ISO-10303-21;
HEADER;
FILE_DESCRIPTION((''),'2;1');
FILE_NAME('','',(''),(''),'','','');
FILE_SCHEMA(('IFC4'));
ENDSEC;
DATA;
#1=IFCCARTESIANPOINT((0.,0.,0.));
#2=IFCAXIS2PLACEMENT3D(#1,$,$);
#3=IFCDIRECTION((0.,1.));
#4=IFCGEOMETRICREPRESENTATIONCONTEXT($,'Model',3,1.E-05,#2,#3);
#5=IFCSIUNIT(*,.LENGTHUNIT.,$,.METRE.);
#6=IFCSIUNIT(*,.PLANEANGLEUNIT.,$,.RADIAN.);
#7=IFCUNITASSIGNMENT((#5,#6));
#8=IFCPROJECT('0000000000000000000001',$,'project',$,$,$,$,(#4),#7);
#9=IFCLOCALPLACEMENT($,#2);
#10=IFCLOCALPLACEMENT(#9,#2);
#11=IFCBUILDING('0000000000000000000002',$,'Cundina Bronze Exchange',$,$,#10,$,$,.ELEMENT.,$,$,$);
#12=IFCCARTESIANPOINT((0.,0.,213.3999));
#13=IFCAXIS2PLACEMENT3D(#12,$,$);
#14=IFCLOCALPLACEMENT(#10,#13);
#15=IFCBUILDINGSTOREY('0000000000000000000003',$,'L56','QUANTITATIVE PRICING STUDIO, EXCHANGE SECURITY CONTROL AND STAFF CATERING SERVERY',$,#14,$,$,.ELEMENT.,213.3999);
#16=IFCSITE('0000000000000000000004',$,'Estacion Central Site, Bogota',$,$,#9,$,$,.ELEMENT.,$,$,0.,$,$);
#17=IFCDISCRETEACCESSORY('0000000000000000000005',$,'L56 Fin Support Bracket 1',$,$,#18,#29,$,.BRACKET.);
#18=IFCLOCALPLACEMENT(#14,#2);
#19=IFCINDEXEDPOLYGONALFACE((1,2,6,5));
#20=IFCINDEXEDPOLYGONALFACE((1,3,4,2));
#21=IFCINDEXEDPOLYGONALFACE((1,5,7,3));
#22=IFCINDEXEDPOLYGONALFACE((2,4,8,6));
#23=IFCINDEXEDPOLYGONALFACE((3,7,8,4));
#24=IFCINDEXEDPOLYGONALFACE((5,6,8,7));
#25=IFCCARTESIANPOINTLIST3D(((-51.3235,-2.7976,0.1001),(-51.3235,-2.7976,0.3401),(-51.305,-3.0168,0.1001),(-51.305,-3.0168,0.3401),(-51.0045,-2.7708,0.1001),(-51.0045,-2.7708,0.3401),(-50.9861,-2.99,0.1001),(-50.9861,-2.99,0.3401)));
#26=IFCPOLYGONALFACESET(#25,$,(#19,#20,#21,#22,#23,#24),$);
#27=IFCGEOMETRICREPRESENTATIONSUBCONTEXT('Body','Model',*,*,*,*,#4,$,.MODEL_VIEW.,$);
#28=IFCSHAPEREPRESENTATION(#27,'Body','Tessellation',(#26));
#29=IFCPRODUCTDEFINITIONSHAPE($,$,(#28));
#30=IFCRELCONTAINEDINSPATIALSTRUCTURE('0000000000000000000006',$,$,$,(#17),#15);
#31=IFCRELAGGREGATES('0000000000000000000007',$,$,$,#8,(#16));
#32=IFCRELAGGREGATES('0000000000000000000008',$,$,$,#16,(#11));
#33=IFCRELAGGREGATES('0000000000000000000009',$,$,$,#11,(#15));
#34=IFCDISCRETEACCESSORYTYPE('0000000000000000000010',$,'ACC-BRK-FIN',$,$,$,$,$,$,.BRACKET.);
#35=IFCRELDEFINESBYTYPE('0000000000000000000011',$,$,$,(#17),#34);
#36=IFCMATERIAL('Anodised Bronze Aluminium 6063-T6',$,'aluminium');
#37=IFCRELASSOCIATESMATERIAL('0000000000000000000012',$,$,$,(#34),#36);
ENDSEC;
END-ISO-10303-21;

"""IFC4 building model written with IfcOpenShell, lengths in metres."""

from ifc_helpers import new_model, si_unit, direction, frame, origin, origin_2d, place, context, subcontext, project, spatial, rectangle, extrude, material, type_object, element, save


model = new_model("IFC4")

# Units and contexts
model_context = context("Model", 3, precision=1e-05, world=origin(), true_north=direction((0.0, 1.0)))
body_context = subcontext(model_context, "Body", "Model", "MODEL_VIEW")
ifc_project = project(units=[si_unit("LENGTHUNIT", "METRE"), si_unit("PLANEANGLEUNIT", "RADIAN")], contexts=[model_context])

# Site, building, storey
site_placement = place(None, origin())
site = spatial("IfcSite", under=ifc_project, at=site_placement, Name="Estacion Central Site, Bogota", CompositionType="ELEMENT", RefElevation=0.0)
building_placement = place(site_placement, origin())
building = spatial("IfcBuilding", under=site, at=building_placement, Name="Cundina Bronze Exchange", CompositionType="ELEMENT")
storey_placement = place(building_placement, frame((0.0, 0.0, 213.3999)))
storey = spatial("IfcBuildingStorey", under=building, at=storey_placement, Name="L56", Description="QUANTITATIVE PRICING STUDIO, EXCHANGE SECURITY CONTROL AND STAFF CATERING SERVERY", CompositionType="ELEMENT", Elevation=213.3999)

# Shared definitions
ifc_material_1 = material(Name="Anodised Bronze Aluminium 6063-T6", Category="aluminium")

# Discrete accessory
discrete_accessory_type = type_object("IfcDiscreteAccessoryType", Name="ACC-BRK-FIN", PredefinedType="BRACKET", material=ifc_material_1)
discrete_accessory_placement = place(storey_placement, frame((-51.1548, -2.8938, 0.1001), z_axis=(0.0, 0.0, 1.0), x_axis=(0.083747, -0.996487, 0.0)))
element("IfcDiscreteAccessory", 1, at=discrete_accessory_placement, inside=storey, type_object=discrete_accessory_type, Name="L56 Fin Support Bracket 1", PredefinedType="BRACKET", context=body_context, shape_type="SweptSolid", body=[
    extrude(rectangle(XDim=0.22, YDim=0.3201, at=origin_2d()), origin(), (0.0, 0.0, 1.0), 0.24),
])

save(model, "model.ifc")
